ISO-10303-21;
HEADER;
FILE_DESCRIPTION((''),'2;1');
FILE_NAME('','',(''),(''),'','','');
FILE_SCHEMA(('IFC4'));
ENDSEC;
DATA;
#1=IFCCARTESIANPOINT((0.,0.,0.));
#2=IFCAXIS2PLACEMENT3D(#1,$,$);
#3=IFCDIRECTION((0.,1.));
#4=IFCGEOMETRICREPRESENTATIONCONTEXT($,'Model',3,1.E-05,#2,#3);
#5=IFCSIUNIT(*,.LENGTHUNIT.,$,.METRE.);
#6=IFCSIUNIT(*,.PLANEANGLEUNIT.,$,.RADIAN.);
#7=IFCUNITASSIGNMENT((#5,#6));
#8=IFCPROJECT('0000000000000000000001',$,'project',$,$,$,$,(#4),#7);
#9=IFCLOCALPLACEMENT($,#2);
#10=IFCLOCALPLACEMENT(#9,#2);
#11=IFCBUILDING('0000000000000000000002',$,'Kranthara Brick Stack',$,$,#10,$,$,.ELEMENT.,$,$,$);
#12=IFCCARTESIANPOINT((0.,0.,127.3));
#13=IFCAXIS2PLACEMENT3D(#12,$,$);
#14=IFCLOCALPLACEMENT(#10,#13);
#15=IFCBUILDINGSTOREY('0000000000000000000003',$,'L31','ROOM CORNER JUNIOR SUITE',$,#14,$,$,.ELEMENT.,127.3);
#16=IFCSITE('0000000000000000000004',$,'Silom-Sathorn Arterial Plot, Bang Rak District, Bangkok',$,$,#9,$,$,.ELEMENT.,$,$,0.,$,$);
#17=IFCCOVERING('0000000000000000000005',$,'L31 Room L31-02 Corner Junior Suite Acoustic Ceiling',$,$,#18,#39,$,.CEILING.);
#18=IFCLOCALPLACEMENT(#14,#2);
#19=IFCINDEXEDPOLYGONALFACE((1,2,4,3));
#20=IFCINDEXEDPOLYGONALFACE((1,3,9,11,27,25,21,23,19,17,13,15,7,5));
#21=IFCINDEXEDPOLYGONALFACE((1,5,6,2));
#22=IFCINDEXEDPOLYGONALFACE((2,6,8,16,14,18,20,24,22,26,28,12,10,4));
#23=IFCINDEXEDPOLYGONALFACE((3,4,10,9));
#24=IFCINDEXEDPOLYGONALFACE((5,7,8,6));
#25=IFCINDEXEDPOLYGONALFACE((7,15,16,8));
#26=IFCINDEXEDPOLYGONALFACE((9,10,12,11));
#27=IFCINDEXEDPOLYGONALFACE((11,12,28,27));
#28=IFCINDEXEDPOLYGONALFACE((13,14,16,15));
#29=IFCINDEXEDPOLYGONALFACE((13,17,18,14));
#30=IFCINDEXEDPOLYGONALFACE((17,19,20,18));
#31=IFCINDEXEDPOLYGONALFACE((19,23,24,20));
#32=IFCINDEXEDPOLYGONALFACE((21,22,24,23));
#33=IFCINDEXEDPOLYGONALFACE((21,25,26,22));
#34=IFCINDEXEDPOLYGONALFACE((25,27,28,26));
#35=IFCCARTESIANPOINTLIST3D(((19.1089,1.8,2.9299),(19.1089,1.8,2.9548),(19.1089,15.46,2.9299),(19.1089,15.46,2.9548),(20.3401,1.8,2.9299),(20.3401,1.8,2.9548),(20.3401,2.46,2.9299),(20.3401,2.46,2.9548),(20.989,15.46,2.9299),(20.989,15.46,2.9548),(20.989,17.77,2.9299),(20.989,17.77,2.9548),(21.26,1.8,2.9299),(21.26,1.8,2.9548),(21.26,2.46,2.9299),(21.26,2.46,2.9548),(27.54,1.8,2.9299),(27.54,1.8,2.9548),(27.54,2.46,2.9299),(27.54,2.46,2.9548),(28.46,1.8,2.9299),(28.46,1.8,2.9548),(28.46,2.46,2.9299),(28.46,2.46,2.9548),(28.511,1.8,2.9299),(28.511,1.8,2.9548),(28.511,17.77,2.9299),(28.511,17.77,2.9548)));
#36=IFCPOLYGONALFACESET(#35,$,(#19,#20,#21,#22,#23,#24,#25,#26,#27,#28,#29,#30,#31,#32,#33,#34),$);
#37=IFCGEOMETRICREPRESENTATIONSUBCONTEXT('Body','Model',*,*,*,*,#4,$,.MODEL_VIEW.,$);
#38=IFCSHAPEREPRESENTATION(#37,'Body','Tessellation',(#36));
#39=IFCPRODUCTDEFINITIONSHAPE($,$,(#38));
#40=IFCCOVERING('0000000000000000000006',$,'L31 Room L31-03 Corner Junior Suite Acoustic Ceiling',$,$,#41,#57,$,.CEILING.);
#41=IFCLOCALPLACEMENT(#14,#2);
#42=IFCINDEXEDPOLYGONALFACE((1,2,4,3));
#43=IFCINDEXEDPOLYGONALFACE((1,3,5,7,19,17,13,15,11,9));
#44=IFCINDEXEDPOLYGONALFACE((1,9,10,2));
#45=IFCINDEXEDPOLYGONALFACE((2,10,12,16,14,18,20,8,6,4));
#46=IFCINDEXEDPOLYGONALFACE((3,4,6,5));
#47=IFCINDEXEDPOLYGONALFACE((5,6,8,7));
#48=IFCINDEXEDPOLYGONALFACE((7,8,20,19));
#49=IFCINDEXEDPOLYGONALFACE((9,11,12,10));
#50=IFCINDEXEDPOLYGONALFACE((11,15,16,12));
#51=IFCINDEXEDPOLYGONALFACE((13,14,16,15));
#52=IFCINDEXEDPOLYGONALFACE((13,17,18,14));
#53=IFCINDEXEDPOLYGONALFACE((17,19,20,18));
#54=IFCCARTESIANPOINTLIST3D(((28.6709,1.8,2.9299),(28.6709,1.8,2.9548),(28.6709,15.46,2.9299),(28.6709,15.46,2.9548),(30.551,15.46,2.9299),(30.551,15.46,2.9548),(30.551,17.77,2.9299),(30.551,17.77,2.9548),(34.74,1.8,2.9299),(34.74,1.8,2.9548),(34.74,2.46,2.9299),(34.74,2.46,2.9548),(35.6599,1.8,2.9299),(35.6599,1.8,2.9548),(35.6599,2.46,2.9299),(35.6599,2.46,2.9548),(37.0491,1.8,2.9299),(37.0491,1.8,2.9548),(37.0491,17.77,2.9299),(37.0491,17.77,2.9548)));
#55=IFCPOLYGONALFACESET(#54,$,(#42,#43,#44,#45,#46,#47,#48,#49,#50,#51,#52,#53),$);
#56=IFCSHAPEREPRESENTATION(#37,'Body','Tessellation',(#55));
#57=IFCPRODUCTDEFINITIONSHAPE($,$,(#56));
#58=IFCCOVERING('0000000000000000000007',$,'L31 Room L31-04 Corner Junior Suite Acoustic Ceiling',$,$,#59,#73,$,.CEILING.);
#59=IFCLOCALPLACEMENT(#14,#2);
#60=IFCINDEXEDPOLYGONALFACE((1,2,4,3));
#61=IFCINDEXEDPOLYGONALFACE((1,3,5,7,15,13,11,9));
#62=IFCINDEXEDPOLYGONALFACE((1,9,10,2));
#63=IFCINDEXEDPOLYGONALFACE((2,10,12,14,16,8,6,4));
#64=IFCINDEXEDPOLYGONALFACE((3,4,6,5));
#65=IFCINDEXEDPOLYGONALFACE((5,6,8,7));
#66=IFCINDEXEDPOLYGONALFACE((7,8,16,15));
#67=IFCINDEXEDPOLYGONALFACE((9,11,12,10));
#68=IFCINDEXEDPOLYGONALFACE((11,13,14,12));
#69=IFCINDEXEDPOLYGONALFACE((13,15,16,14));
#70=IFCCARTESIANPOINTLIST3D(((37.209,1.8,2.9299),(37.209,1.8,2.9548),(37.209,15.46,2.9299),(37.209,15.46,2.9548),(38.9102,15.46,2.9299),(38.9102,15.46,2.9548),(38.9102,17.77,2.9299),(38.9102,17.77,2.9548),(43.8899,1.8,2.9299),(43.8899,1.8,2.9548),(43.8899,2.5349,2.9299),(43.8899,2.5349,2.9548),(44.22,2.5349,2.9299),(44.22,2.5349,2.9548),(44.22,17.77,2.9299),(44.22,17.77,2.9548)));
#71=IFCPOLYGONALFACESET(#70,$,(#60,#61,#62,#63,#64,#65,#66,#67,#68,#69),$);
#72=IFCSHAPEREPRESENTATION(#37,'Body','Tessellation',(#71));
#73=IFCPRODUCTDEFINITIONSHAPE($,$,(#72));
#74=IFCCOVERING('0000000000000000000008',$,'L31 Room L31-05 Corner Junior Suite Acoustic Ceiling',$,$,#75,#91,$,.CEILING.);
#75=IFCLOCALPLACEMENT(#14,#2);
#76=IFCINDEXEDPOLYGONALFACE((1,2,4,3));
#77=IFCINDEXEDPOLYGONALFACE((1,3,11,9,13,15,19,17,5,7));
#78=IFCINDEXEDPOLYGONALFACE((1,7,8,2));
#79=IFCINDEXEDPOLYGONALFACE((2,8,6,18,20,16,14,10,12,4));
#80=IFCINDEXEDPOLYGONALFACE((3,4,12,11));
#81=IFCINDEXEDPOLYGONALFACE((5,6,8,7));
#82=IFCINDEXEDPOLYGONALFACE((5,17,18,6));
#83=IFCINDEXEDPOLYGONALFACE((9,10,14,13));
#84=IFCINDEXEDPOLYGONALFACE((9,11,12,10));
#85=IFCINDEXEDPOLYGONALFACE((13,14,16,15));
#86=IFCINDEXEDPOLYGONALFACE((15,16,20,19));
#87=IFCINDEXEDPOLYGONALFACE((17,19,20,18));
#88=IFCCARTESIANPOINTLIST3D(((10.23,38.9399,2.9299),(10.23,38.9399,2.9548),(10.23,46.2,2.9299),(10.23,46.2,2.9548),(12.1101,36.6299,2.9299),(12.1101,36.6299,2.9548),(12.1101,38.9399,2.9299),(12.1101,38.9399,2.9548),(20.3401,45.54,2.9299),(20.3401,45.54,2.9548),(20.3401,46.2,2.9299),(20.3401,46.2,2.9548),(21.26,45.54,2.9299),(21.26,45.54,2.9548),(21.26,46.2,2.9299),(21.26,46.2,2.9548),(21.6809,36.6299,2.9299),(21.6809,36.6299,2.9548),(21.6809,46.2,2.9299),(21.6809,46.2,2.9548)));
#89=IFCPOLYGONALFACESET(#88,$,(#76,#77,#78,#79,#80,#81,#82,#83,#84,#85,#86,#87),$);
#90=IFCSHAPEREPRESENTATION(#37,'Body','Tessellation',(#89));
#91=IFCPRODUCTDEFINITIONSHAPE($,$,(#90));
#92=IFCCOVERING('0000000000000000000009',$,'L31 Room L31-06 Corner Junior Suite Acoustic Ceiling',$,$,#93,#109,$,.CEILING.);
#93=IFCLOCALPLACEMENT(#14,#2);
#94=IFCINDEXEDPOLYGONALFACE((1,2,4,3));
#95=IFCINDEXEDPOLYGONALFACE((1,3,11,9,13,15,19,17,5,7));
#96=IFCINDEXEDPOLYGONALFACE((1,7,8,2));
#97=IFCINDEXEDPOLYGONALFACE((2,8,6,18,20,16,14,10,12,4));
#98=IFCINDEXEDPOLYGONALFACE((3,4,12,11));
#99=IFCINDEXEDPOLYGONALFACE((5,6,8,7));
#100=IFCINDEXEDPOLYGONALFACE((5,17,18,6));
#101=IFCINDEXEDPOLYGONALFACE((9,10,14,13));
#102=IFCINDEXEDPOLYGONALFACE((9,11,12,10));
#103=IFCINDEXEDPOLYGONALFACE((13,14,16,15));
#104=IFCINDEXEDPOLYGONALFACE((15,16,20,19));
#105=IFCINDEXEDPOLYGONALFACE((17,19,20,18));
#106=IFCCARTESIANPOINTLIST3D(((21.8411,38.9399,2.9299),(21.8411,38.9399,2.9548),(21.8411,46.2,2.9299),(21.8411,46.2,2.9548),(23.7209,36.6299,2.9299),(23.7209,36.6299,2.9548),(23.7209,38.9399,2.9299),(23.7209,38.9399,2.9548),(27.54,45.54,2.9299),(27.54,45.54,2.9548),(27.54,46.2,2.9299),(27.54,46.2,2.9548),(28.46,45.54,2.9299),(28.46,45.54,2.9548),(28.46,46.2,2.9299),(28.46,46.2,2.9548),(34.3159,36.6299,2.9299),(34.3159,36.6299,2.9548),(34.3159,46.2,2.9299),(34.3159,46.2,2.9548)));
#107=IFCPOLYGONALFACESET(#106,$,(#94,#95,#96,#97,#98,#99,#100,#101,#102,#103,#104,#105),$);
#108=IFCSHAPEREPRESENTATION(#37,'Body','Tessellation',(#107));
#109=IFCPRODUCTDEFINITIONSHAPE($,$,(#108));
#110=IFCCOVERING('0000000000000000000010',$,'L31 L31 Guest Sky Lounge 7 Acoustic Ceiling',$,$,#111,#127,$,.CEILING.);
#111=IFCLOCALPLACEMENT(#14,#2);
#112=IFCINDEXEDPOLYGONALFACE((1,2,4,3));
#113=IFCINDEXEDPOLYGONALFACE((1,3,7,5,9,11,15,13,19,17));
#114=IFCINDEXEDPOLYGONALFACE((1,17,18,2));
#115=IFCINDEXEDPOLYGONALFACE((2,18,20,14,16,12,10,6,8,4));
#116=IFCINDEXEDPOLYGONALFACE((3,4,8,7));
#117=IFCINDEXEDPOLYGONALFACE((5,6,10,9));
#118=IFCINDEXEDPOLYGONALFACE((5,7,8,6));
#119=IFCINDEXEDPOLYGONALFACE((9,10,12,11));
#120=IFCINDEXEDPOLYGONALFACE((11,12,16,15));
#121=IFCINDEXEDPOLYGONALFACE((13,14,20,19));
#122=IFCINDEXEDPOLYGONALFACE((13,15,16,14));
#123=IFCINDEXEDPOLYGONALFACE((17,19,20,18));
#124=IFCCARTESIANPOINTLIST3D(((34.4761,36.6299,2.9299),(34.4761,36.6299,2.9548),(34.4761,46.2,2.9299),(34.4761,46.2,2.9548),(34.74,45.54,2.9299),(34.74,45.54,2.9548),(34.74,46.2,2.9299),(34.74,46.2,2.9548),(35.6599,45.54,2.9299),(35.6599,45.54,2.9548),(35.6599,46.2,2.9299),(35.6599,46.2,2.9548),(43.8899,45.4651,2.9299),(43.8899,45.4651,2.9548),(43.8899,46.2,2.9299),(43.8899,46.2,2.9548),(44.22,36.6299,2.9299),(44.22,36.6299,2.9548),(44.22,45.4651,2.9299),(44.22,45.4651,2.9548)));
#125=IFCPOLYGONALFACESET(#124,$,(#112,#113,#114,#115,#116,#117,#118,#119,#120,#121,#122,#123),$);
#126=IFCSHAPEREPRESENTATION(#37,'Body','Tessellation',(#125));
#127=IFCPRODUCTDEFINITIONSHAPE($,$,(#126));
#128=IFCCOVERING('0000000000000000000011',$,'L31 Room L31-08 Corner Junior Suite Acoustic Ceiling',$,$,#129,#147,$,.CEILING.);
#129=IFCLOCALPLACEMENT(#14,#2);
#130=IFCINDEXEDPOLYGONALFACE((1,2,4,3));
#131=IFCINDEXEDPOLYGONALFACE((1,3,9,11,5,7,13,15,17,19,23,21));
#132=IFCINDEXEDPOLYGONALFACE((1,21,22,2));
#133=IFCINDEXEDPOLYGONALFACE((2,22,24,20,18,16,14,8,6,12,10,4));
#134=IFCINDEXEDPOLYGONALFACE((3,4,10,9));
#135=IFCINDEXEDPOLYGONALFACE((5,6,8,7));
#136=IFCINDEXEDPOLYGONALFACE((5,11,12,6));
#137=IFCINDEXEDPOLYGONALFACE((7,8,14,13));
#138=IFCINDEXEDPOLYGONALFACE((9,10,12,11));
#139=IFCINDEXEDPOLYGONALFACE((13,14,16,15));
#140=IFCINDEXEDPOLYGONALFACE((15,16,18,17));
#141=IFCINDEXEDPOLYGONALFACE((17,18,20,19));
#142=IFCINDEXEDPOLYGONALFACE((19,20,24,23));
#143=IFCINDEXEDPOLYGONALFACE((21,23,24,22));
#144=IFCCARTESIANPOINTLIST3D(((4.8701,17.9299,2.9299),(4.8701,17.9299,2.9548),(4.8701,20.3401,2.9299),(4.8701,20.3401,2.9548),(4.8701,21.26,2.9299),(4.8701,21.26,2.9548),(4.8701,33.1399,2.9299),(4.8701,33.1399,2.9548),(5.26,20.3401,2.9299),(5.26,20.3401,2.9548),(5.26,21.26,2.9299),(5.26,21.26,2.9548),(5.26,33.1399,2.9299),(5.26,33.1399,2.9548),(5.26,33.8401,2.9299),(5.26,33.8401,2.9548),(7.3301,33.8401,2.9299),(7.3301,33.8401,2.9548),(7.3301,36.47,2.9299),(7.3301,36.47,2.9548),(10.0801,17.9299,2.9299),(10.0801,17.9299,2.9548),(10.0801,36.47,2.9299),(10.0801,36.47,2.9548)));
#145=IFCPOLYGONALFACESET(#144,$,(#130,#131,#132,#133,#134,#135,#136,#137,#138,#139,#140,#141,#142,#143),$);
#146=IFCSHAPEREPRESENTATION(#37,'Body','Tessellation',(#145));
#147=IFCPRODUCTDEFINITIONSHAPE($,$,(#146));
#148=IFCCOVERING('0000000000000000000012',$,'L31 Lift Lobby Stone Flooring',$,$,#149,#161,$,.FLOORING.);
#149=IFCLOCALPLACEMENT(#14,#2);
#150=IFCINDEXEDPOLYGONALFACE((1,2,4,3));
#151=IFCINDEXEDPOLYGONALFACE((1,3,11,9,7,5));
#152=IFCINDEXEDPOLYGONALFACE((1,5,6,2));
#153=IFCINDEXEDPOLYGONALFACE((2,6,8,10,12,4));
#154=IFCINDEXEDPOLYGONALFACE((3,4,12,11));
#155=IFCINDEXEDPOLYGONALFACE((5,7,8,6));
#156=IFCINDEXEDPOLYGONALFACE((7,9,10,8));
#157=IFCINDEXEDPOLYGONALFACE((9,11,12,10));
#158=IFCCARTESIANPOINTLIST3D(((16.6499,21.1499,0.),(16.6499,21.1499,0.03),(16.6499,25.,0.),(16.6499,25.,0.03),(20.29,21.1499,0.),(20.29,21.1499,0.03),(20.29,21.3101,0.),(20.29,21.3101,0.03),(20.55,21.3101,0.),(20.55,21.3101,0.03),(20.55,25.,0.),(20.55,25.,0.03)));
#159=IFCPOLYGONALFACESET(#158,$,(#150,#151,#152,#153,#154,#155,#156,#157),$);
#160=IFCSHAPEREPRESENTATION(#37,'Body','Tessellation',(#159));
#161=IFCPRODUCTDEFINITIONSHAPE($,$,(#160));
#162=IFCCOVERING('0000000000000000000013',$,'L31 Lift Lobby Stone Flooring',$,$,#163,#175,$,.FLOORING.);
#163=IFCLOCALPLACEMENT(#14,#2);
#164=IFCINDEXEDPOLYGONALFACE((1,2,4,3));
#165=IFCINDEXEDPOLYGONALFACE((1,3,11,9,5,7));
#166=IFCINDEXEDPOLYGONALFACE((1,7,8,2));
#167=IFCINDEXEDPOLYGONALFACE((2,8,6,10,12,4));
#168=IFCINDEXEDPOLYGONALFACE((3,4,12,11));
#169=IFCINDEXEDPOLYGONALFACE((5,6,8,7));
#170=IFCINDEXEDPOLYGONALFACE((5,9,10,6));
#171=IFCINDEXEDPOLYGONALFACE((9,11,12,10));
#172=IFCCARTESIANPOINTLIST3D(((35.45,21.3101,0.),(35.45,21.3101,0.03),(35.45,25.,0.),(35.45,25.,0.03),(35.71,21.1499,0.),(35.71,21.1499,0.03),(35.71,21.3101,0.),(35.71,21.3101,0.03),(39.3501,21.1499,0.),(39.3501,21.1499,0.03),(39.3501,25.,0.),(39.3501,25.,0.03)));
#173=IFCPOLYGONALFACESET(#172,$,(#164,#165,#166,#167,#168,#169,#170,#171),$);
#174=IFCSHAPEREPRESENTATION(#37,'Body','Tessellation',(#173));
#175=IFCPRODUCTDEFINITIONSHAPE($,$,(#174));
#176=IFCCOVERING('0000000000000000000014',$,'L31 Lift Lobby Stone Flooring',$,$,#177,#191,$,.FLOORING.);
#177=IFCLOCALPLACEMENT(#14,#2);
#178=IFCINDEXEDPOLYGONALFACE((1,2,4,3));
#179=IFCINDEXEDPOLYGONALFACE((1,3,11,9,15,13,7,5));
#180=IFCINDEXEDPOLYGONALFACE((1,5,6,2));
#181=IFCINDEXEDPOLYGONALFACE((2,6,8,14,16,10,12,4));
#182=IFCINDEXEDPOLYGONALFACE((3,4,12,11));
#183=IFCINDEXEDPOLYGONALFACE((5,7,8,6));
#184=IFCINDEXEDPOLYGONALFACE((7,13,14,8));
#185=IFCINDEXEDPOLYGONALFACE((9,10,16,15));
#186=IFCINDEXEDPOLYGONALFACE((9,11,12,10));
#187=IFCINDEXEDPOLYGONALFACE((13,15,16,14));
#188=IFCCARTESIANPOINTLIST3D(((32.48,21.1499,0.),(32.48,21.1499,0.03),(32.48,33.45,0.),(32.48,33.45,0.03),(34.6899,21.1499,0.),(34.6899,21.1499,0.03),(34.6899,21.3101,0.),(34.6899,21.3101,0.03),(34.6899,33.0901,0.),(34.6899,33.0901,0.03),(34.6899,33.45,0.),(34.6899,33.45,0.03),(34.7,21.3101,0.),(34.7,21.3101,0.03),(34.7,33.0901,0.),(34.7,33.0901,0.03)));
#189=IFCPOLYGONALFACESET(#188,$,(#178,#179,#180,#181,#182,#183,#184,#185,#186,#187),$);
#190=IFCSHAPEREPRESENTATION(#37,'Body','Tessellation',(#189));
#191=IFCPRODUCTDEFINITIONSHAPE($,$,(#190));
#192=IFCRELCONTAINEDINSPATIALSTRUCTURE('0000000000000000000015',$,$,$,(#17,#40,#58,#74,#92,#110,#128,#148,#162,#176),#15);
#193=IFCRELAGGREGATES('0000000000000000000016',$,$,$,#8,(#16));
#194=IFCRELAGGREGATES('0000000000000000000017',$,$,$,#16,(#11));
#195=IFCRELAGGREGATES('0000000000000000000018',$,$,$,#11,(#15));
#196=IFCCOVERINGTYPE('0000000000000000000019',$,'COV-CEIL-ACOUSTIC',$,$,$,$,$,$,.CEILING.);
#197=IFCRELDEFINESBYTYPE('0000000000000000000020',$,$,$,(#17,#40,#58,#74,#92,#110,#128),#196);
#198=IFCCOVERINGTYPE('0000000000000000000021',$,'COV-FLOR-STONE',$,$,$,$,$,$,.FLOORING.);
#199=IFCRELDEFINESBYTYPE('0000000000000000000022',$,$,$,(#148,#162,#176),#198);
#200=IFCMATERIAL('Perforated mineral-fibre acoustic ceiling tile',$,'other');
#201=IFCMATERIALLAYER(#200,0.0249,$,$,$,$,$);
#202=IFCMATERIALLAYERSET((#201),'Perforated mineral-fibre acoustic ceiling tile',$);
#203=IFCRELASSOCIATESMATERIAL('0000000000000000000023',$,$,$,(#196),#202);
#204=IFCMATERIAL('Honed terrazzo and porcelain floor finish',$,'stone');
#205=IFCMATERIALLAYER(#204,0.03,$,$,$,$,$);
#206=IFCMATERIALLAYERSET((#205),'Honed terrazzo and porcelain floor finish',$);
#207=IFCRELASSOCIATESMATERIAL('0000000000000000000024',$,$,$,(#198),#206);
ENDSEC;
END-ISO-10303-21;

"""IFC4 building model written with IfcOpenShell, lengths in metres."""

from ifc_helpers import new_model, si_unit, direction, frame, origin, place, context, subcontext, project, spatial, polyline, outline, extrude, material, layer, layer_set, type_object, element, save


model = new_model("IFC4")

# Units and contexts
model_context = context("Model", 3, precision=1e-05, world=origin(), true_north=direction((0.0, 1.0)))
body_context = subcontext(model_context, "Body", "Model", "MODEL_VIEW")
ifc_project = project(units=[si_unit("LENGTHUNIT", "METRE"), si_unit("PLANEANGLEUNIT", "RADIAN")], contexts=[model_context])

# Site, building, storey
site_placement = place(None, origin())
site = spatial("IfcSite", under=ifc_project, at=site_placement, Name="Silom-Sathorn Arterial Plot, Bang Rak District, Bangkok", CompositionType="ELEMENT", RefElevation=0.0)
building_placement = place(site_placement, origin())
building = spatial("IfcBuilding", under=site, at=building_placement, Name="Kranthara Brick Stack", CompositionType="ELEMENT")
storey_placement = place(building_placement, frame((0.0, 0.0, 127.3)))
storey = spatial("IfcBuildingStorey", under=building, at=storey_placement, Name="L31", Description="ROOM CORNER JUNIOR SUITE", CompositionType="ELEMENT", Elevation=127.3)

# Coverings
ifc_material_1 = material(Name="Perforated mineral-fibre acoustic ceiling tile", Category="other")
ifc_layer_1 = layer(ifc_material_1, 0.0249)
ifc_layer_set_1 = layer_set([ifc_layer_1], Name="Perforated mineral-fibre acoustic ceiling tile")
covering_type_1 = type_object("IfcCoveringType", Name="COV-CEIL-ACOUSTIC", PredefinedType="CEILING", material=ifc_layer_set_1)
covering_1_placement = place(storey_placement, frame((0.0, 0.0, 2.9299)))
element("IfcCovering", 1, at=covering_1_placement, inside=storey, type_object=covering_type_1, Name="L31 Room L31-02 Corner Junior Suite Acoustic Ceiling", PredefinedType="CEILING", context=body_context, shape_type="SweptSolid", body=[
    extrude(outline(polyline([(19.1089, 15.46), (20.989, 15.46), (20.989, 17.77), (28.511, 17.77), (28.511, 1.8), (28.46, 1.8), (28.46, 2.46), (27.54, 2.46), (27.54, 1.8), (21.26, 1.8), (21.26, 2.46), (20.3401, 2.46), (20.3401, 1.8), (19.1089, 1.8), (19.1089, 15.46)])), origin(), (0.0, 0.0, 1.0), 0.0249),
])
covering_2_placement = place(storey_placement, frame((0.0, 0.0, 2.9299)))
element("IfcCovering", 2, at=covering_2_placement, inside=storey, type_object=covering_type_1, Name="L31 Room L31-03 Corner Junior Suite Acoustic Ceiling", PredefinedType="CEILING", context=body_context, shape_type="SweptSolid", body=[
    extrude(outline(polyline([(28.6709, 1.8), (28.6709, 15.46), (30.551, 15.46), (30.551, 17.77), (37.0491, 17.77), (37.0491, 1.8), (35.6599, 1.8), (35.6599, 2.46), (34.74, 2.46), (34.74, 1.8), (28.6709, 1.8)])), origin(), (0.0, 0.0, 1.0), 0.0249),
])
covering_3_placement = place(storey_placement, frame((0.0, 0.0, 2.9299)))
element("IfcCovering", 3, at=covering_3_placement, inside=storey, type_object=covering_type_1, Name="L31 Room L31-04 Corner Junior Suite Acoustic Ceiling", PredefinedType="CEILING", context=body_context, shape_type="SweptSolid", body=[
    extrude(outline(polyline([(37.209, 1.8), (37.209, 15.46), (38.9102, 15.46), (38.9102, 17.77), (44.22, 17.77), (44.22, 2.5349), (43.8899, 2.5349), (43.8899, 1.8), (37.209, 1.8)])), origin(), (0.0, 0.0, 1.0), 0.0249),
])
covering_4_placement = place(storey_placement, frame((0.0, 0.0, 2.9299)))
element("IfcCovering", 4, at=covering_4_placement, inside=storey, type_object=covering_type_1, Name="L31 Room L31-05 Corner Junior Suite Acoustic Ceiling", PredefinedType="CEILING", context=body_context, shape_type="SweptSolid", body=[
    extrude(outline(polyline([(21.6809, 46.2), (21.6809, 36.6299), (12.1101, 36.6299), (12.1101, 38.9399), (10.23, 38.9399), (10.23, 46.2), (20.3401, 46.2), (20.3401, 45.54), (21.26, 45.54), (21.26, 46.2), (21.6809, 46.2)])), origin(), (0.0, 0.0, 1.0), 0.0249),
])
covering_5_placement = place(storey_placement, frame((0.0, 0.0, 2.9299)))
element("IfcCovering", 5, at=covering_5_placement, inside=storey, type_object=covering_type_1, Name="L31 Room L31-06 Corner Junior Suite Acoustic Ceiling", PredefinedType="CEILING", context=body_context, shape_type="SweptSolid", body=[
    extrude(outline(polyline([(34.3159, 46.2), (34.3159, 36.6299), (23.7209, 36.6299), (23.7209, 38.9399), (21.8411, 38.9399), (21.8411, 46.2), (27.54, 46.2), (27.54, 45.54), (28.46, 45.54), (28.46, 46.2), (34.3159, 46.2)])), origin(), (0.0, 0.0, 1.0), 0.0249),
])
covering_6_placement = place(storey_placement, frame((0.0, 0.0, 2.9299)))
element("IfcCovering", 6, at=covering_6_placement, inside=storey, type_object=covering_type_1, Name="L31 L31 Guest Sky Lounge 7 Acoustic Ceiling", PredefinedType="CEILING", context=body_context, shape_type="SweptSolid", body=[
    extrude(outline(polyline([(44.22, 36.6299), (34.4761, 36.6299), (34.4761, 46.2), (34.74, 46.2), (34.74, 45.54), (35.6599, 45.54), (35.6599, 46.2), (43.8899, 46.2), (43.8899, 45.4651), (44.22, 45.4651), (44.22, 36.6299)])), origin(), (0.0, 0.0, 1.0), 0.0249),
])
covering_7_placement = place(storey_placement, frame((0.0, 0.0, 2.9299)))
element("IfcCovering", 7, at=covering_7_placement, inside=storey, type_object=covering_type_1, Name="L31 Room L31-08 Corner Junior Suite Acoustic Ceiling", PredefinedType="CEILING", context=body_context, shape_type="SweptSolid", body=[
    extrude(outline(polyline([(7.3301, 33.8401), (7.3301, 36.47), (10.0801, 36.47), (10.0801, 17.9299), (4.8701, 17.9299), (4.8701, 20.3401), (5.26, 20.3401), (5.26, 21.26), (4.8701, 21.26), (4.8701, 33.1399), (5.26, 33.1399), (5.26, 33.8401), (7.3301, 33.8401)])), origin(), (0.0, 0.0, 1.0), 0.0249),
])
ifc_material_2 = material(Name="Honed terrazzo and porcelain floor finish", Category="stone")
ifc_layer_2 = layer(ifc_material_2, 0.03)
ifc_layer_set_2 = layer_set([ifc_layer_2], Name="Honed terrazzo and porcelain floor finish")
covering_type_2 = type_object("IfcCoveringType", Name="COV-FLOR-STONE", PredefinedType="FLOORING", material=ifc_layer_set_2)
covering_8_placement = place(storey_placement, origin())
element("IfcCovering", 8, at=covering_8_placement, inside=storey, type_object=covering_type_2, Name="L31 Lift Lobby Stone Flooring", PredefinedType="FLOORING", context=body_context, shape_type="SweptSolid", body=[
    extrude(outline(polyline([(16.6499, 21.1499), (16.6499, 25.0), (20.55, 25.0), (20.55, 21.3101), (20.29, 21.3101), (20.29, 21.1499), (16.6499, 21.1499)])), origin(), (0.0, 0.0, 1.0), 0.03),
])
covering_9_placement = place(storey_placement, origin())
element("IfcCovering", 9, at=covering_9_placement, inside=storey, type_object=covering_type_2, Name="L31 Lift Lobby Stone Flooring", PredefinedType="FLOORING", context=body_context, shape_type="SweptSolid", body=[
    extrude(outline(polyline([(35.45, 25.0), (39.3501, 25.0), (39.3501, 21.1499), (35.71, 21.1499), (35.71, 21.3101), (35.45, 21.3101), (35.45, 25.0)])), origin(), (0.0, 0.0, 1.0), 0.03),
])
covering_10_placement = place(storey_placement, origin())
element("IfcCovering", 10, at=covering_10_placement, inside=storey, type_object=covering_type_2, Name="L31 Lift Lobby Stone Flooring", PredefinedType="FLOORING", context=body_context, shape_type="SweptSolid", body=[
    extrude(outline(polyline([(32.48, 33.45), (34.6899, 33.45), (34.6899, 33.0901), (34.7, 33.0901), (34.7, 21.3101), (34.6899, 21.3101), (34.6899, 21.1499), (32.48, 21.1499), (32.48, 33.45)])), origin(), (0.0, 0.0, 1.0), 0.03),
])

save(model, "model.ifc")
